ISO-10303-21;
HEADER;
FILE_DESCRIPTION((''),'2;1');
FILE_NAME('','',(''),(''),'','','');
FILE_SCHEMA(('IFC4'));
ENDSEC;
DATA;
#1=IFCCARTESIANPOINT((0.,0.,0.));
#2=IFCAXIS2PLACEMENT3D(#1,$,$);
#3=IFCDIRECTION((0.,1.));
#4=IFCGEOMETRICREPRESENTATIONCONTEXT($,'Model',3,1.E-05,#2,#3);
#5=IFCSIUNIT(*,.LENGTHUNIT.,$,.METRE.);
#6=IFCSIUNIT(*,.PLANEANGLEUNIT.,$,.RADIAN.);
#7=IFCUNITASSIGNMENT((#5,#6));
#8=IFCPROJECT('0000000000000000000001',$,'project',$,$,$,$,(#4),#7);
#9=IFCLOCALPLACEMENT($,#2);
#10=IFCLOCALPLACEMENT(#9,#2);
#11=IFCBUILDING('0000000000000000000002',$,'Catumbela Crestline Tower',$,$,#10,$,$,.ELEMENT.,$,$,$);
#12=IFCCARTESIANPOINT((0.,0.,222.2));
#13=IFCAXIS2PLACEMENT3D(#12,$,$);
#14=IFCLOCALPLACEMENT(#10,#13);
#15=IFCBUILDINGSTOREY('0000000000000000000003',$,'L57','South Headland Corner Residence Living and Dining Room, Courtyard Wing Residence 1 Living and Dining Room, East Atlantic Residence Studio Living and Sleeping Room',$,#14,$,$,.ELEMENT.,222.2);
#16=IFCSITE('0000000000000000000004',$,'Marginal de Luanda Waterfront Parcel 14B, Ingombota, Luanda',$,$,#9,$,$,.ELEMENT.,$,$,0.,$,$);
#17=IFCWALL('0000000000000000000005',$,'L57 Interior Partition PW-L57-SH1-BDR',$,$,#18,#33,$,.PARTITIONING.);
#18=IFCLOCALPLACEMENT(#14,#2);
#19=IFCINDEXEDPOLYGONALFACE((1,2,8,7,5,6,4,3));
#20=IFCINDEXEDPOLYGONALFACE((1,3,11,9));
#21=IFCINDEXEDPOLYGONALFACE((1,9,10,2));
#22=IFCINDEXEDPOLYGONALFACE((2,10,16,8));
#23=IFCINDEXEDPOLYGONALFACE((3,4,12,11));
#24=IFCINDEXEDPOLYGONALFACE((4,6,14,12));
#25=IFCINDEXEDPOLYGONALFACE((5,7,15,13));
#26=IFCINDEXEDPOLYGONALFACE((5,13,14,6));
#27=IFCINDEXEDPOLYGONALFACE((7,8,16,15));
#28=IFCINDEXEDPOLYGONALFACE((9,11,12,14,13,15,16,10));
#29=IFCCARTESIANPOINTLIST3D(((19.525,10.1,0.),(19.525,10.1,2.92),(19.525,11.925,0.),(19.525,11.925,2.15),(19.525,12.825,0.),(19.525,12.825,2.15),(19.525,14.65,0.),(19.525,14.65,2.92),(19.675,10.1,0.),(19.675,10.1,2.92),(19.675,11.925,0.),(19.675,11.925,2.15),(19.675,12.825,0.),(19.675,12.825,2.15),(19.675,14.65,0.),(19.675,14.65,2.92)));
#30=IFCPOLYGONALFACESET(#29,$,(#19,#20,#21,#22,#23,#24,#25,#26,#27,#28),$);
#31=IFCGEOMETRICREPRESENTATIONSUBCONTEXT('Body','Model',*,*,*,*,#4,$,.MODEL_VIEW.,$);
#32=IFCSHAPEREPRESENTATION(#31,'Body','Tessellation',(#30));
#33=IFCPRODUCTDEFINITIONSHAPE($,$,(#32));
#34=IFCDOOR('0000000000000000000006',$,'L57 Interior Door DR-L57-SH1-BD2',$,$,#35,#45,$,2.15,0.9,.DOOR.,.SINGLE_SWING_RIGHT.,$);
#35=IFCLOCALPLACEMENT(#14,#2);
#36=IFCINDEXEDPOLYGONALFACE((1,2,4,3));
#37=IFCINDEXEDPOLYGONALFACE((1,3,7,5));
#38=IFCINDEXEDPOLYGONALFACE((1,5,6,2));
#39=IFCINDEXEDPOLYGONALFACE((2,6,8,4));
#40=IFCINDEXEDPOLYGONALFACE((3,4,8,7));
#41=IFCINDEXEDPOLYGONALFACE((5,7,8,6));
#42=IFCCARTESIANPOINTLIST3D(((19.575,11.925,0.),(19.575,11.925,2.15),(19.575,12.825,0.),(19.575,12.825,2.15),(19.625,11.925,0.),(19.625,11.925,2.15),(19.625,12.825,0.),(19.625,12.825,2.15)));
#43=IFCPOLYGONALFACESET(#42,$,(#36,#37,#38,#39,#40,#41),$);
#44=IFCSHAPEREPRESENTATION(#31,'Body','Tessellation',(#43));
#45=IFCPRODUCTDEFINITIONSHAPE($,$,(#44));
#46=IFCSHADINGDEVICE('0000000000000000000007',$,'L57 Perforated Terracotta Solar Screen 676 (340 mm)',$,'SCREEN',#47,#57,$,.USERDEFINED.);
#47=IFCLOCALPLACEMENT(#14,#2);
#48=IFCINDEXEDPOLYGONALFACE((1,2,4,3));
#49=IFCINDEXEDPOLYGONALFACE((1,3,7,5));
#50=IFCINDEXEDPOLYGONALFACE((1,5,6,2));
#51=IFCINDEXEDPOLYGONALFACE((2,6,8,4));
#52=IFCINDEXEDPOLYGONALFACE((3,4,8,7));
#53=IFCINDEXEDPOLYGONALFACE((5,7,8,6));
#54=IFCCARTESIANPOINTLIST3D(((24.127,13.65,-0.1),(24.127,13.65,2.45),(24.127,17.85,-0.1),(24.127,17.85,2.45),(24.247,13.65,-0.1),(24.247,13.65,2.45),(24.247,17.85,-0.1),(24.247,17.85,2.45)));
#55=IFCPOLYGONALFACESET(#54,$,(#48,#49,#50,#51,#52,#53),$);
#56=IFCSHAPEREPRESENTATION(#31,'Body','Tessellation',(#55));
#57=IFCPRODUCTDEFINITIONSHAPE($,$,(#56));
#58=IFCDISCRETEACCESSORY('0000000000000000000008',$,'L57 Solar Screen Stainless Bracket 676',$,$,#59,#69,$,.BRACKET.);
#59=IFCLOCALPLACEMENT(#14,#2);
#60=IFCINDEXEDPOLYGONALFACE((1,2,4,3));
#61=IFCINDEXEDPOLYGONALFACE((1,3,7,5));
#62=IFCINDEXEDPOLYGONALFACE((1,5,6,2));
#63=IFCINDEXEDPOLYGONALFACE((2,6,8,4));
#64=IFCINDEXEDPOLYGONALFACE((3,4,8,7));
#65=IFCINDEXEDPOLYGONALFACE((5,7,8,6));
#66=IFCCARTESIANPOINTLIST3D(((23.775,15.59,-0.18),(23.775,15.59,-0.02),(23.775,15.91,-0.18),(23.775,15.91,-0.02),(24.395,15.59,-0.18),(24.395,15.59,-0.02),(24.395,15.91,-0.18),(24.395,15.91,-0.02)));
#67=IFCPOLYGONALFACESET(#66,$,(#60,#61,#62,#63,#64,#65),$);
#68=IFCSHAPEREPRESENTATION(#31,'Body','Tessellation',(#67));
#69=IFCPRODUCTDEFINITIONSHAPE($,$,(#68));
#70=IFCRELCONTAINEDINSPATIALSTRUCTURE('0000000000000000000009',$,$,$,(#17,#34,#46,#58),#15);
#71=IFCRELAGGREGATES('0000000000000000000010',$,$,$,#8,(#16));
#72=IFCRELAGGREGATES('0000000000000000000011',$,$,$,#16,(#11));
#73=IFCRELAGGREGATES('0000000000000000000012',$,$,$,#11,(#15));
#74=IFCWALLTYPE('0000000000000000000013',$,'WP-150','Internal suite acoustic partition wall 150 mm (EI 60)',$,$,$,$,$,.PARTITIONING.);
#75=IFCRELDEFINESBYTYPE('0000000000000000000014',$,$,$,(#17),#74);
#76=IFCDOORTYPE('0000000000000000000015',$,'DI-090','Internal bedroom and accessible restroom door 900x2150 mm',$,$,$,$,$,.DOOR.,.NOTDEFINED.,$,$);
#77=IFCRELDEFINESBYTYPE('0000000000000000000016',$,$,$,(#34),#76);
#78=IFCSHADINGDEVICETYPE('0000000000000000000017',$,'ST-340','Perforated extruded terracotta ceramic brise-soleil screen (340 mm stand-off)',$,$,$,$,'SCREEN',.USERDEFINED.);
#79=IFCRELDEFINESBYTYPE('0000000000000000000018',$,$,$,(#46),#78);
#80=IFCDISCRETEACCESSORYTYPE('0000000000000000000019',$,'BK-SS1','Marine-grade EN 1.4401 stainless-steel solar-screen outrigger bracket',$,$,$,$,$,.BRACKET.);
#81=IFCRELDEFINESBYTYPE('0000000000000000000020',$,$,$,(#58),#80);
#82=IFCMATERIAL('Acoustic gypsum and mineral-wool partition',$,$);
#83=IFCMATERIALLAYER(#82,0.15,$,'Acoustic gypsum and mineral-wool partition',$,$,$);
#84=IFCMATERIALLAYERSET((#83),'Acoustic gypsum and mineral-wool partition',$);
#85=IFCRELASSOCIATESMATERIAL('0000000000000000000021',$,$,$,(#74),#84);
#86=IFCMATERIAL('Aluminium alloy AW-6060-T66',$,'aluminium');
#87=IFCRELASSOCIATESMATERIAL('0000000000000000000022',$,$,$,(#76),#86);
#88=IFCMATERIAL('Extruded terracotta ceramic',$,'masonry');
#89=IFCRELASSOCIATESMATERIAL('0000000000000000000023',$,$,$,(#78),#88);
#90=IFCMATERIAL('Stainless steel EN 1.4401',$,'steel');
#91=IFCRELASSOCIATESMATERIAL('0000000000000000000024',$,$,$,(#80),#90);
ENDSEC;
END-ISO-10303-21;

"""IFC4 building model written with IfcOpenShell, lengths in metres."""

from ifc_helpers import new_model, si_unit, direction, frame, frame_2d, origin, origin_2d, place, context, subcontext, project, spatial, rectangle, extrude, material, layer, layer_set, type_object, element, fill, save


model = new_model("IFC4")

# Units and contexts
model_context = context("Model", 3, precision=1e-05, world=origin(), true_north=direction((0.0, 1.0)))
body_context = subcontext(model_context, "Body", "Model", "MODEL_VIEW")
ifc_project = project(units=[si_unit("LENGTHUNIT", "METRE"), si_unit("PLANEANGLEUNIT", "RADIAN")], contexts=[model_context])

# Site, building, storey
site_placement = place(None, origin())
site = spatial("IfcSite", under=ifc_project, at=site_placement, Name="Marginal de Luanda Waterfront Parcel 14B, Ingombota, Luanda", CompositionType="ELEMENT", RefElevation=0.0)
building_placement = place(site_placement, origin())
building = spatial("IfcBuilding", under=site, at=building_placement, Name="Catumbela Crestline Tower", CompositionType="ELEMENT")
storey_placement = place(building_placement, frame((0.0, 0.0, 222.2)))
storey = spatial("IfcBuildingStorey", under=building, at=storey_placement, Name="L57", Description="South Headland Corner Residence Living and Dining Room, Courtyard Wing Residence 1 Living and Dining Room, East Atlantic Residence Studio Living and Sleeping Room", CompositionType="ELEMENT", Elevation=222.2)

# Shared definitions
ifc_material_1 = material(Name="Aluminium alloy AW-6060-T66", Category="aluminium")

# Shared definitions
ifc_material_2 = material(Name="Acoustic gypsum and mineral-wool partition")
ifc_layer_1 = layer(ifc_material_2, 0.15, Name="Acoustic gypsum and mineral-wool partition")
ifc_layer_set_1 = layer_set([ifc_layer_1], Name="Acoustic gypsum and mineral-wool partition")
wall_type_1 = type_object("IfcWallType", Name="WP-150", Description="Internal suite acoustic partition wall 150 mm (EI 60)", PredefinedType="PARTITIONING", material=ifc_layer_set_1)

# Wall, opening, door
wall_1_placement = place(storey_placement, frame((19.6, 10.1, 0.0), z_axis=(0.0, 0.0, 1.0), x_axis=(0.0, 1.0, 0.0)))
wall_1 = element("IfcWall", 1, at=wall_1_placement, inside=storey, type_object=wall_type_1, Name="L57 Interior Partition PW-L57-SH1-BDR", PredefinedType="PARTITIONING", context=body_context, shape_type="SweptSolid", body=[
    extrude(rectangle(XDim=4.55, YDim=0.15, at=frame_2d((2.275, 0.0))), origin(), (0.0, 0.0, 1.0), 2.92),
])
opening_1_placement = place(wall_1_placement, frame((1.825, 0.0, 0.0)))
opening_1 = element("IfcOpeningElement", 2, at=opening_1_placement, cuts=wall_1, PredefinedType="OPENING", context=body_context, shape_type="SweptSolid", body=[
    extrude(rectangle(XDim=0.9, YDim=2.15, at=frame_2d((0.45, 1.075))), frame((0.0, 0.085, 0.0), z_axis=(0.0, -1.0, 0.0), x_axis=(1.0, 0.0, 0.0)), (0.0, 0.0, 1.0), 0.17),
])
door_type = type_object("IfcDoorType", Name="DI-090", Description="Internal bedroom and accessible restroom door 900x2150 mm", OperationType="NOTDEFINED", PredefinedType="DOOR", material=ifc_material_1)
door_placement = place(opening_1_placement, origin())
door = element("IfcDoor", 3, at=door_placement, inside=storey, type_object=door_type, Name="L57 Interior Door DR-L57-SH1-BD2", OperationType="SINGLE_SWING_RIGHT", OverallHeight=2.15, OverallWidth=0.9, PredefinedType="DOOR", context=body_context, shape_type="SweptSolid", body=[
    extrude(rectangle(XDim=0.9, YDim=2.15, at=frame_2d((0.45, 1.075))), frame((0.0, 0.025, 0.0), z_axis=(0.0, -1.0, 0.0), x_axis=(1.0, 0.0, 0.0)), (0.0, 0.0, 1.0), 0.05),
])
fill(opening_1, door)

# Shading device
ifc_material_3 = material(Name="Extruded terracotta ceramic", Category="masonry")
shading_device_type = type_object("IfcShadingDeviceType", Name="ST-340", Description="Perforated extruded terracotta ceramic brise-soleil screen (340 mm stand-off)", ElementType="SCREEN", PredefinedType="USERDEFINED", material=ifc_material_3)
shading_device_placement = place(storey_placement, frame((24.187, 15.75, -0.1), z_axis=(0.0, 0.0, 1.0), x_axis=(0.0, 1.0, 0.0)))
element("IfcShadingDevice", 4, at=shading_device_placement, inside=storey, type_object=shading_device_type, Name="L57 Perforated Terracotta Solar Screen 676 (340 mm)", ObjectType="SCREEN", PredefinedType="USERDEFINED", context=body_context, shape_type="SweptSolid", body=[
    extrude(rectangle(XDim=4.2, YDim=0.12, at=origin_2d()), origin(), (0.0, 0.0, 1.0), 2.55),
])

# Discrete accessory
ifc_material_4 = material(Name="Stainless steel EN 1.4401", Category="steel")
discrete_accessory_type = type_object("IfcDiscreteAccessoryType", Name="BK-SS1", Description="Marine-grade EN 1.4401 stainless-steel solar-screen outrigger bracket", PredefinedType="BRACKET", material=ifc_material_4)
discrete_accessory_placement = place(storey_placement, frame((24.085, 15.75, -0.18), z_axis=(0.0, 0.0, 1.0), x_axis=(0.0, 1.0, 0.0)))
element("IfcDiscreteAccessory", 5, at=discrete_accessory_placement, inside=storey, type_object=discrete_accessory_type, Name="L57 Solar Screen Stainless Bracket 676", PredefinedType="BRACKET", context=body_context, shape_type="SweptSolid", body=[
    extrude(rectangle(XDim=0.32, YDim=0.62, at=origin_2d()), origin(), (0.0, 0.0, 1.0), 0.16),
])

save(model, "model.ifc")
